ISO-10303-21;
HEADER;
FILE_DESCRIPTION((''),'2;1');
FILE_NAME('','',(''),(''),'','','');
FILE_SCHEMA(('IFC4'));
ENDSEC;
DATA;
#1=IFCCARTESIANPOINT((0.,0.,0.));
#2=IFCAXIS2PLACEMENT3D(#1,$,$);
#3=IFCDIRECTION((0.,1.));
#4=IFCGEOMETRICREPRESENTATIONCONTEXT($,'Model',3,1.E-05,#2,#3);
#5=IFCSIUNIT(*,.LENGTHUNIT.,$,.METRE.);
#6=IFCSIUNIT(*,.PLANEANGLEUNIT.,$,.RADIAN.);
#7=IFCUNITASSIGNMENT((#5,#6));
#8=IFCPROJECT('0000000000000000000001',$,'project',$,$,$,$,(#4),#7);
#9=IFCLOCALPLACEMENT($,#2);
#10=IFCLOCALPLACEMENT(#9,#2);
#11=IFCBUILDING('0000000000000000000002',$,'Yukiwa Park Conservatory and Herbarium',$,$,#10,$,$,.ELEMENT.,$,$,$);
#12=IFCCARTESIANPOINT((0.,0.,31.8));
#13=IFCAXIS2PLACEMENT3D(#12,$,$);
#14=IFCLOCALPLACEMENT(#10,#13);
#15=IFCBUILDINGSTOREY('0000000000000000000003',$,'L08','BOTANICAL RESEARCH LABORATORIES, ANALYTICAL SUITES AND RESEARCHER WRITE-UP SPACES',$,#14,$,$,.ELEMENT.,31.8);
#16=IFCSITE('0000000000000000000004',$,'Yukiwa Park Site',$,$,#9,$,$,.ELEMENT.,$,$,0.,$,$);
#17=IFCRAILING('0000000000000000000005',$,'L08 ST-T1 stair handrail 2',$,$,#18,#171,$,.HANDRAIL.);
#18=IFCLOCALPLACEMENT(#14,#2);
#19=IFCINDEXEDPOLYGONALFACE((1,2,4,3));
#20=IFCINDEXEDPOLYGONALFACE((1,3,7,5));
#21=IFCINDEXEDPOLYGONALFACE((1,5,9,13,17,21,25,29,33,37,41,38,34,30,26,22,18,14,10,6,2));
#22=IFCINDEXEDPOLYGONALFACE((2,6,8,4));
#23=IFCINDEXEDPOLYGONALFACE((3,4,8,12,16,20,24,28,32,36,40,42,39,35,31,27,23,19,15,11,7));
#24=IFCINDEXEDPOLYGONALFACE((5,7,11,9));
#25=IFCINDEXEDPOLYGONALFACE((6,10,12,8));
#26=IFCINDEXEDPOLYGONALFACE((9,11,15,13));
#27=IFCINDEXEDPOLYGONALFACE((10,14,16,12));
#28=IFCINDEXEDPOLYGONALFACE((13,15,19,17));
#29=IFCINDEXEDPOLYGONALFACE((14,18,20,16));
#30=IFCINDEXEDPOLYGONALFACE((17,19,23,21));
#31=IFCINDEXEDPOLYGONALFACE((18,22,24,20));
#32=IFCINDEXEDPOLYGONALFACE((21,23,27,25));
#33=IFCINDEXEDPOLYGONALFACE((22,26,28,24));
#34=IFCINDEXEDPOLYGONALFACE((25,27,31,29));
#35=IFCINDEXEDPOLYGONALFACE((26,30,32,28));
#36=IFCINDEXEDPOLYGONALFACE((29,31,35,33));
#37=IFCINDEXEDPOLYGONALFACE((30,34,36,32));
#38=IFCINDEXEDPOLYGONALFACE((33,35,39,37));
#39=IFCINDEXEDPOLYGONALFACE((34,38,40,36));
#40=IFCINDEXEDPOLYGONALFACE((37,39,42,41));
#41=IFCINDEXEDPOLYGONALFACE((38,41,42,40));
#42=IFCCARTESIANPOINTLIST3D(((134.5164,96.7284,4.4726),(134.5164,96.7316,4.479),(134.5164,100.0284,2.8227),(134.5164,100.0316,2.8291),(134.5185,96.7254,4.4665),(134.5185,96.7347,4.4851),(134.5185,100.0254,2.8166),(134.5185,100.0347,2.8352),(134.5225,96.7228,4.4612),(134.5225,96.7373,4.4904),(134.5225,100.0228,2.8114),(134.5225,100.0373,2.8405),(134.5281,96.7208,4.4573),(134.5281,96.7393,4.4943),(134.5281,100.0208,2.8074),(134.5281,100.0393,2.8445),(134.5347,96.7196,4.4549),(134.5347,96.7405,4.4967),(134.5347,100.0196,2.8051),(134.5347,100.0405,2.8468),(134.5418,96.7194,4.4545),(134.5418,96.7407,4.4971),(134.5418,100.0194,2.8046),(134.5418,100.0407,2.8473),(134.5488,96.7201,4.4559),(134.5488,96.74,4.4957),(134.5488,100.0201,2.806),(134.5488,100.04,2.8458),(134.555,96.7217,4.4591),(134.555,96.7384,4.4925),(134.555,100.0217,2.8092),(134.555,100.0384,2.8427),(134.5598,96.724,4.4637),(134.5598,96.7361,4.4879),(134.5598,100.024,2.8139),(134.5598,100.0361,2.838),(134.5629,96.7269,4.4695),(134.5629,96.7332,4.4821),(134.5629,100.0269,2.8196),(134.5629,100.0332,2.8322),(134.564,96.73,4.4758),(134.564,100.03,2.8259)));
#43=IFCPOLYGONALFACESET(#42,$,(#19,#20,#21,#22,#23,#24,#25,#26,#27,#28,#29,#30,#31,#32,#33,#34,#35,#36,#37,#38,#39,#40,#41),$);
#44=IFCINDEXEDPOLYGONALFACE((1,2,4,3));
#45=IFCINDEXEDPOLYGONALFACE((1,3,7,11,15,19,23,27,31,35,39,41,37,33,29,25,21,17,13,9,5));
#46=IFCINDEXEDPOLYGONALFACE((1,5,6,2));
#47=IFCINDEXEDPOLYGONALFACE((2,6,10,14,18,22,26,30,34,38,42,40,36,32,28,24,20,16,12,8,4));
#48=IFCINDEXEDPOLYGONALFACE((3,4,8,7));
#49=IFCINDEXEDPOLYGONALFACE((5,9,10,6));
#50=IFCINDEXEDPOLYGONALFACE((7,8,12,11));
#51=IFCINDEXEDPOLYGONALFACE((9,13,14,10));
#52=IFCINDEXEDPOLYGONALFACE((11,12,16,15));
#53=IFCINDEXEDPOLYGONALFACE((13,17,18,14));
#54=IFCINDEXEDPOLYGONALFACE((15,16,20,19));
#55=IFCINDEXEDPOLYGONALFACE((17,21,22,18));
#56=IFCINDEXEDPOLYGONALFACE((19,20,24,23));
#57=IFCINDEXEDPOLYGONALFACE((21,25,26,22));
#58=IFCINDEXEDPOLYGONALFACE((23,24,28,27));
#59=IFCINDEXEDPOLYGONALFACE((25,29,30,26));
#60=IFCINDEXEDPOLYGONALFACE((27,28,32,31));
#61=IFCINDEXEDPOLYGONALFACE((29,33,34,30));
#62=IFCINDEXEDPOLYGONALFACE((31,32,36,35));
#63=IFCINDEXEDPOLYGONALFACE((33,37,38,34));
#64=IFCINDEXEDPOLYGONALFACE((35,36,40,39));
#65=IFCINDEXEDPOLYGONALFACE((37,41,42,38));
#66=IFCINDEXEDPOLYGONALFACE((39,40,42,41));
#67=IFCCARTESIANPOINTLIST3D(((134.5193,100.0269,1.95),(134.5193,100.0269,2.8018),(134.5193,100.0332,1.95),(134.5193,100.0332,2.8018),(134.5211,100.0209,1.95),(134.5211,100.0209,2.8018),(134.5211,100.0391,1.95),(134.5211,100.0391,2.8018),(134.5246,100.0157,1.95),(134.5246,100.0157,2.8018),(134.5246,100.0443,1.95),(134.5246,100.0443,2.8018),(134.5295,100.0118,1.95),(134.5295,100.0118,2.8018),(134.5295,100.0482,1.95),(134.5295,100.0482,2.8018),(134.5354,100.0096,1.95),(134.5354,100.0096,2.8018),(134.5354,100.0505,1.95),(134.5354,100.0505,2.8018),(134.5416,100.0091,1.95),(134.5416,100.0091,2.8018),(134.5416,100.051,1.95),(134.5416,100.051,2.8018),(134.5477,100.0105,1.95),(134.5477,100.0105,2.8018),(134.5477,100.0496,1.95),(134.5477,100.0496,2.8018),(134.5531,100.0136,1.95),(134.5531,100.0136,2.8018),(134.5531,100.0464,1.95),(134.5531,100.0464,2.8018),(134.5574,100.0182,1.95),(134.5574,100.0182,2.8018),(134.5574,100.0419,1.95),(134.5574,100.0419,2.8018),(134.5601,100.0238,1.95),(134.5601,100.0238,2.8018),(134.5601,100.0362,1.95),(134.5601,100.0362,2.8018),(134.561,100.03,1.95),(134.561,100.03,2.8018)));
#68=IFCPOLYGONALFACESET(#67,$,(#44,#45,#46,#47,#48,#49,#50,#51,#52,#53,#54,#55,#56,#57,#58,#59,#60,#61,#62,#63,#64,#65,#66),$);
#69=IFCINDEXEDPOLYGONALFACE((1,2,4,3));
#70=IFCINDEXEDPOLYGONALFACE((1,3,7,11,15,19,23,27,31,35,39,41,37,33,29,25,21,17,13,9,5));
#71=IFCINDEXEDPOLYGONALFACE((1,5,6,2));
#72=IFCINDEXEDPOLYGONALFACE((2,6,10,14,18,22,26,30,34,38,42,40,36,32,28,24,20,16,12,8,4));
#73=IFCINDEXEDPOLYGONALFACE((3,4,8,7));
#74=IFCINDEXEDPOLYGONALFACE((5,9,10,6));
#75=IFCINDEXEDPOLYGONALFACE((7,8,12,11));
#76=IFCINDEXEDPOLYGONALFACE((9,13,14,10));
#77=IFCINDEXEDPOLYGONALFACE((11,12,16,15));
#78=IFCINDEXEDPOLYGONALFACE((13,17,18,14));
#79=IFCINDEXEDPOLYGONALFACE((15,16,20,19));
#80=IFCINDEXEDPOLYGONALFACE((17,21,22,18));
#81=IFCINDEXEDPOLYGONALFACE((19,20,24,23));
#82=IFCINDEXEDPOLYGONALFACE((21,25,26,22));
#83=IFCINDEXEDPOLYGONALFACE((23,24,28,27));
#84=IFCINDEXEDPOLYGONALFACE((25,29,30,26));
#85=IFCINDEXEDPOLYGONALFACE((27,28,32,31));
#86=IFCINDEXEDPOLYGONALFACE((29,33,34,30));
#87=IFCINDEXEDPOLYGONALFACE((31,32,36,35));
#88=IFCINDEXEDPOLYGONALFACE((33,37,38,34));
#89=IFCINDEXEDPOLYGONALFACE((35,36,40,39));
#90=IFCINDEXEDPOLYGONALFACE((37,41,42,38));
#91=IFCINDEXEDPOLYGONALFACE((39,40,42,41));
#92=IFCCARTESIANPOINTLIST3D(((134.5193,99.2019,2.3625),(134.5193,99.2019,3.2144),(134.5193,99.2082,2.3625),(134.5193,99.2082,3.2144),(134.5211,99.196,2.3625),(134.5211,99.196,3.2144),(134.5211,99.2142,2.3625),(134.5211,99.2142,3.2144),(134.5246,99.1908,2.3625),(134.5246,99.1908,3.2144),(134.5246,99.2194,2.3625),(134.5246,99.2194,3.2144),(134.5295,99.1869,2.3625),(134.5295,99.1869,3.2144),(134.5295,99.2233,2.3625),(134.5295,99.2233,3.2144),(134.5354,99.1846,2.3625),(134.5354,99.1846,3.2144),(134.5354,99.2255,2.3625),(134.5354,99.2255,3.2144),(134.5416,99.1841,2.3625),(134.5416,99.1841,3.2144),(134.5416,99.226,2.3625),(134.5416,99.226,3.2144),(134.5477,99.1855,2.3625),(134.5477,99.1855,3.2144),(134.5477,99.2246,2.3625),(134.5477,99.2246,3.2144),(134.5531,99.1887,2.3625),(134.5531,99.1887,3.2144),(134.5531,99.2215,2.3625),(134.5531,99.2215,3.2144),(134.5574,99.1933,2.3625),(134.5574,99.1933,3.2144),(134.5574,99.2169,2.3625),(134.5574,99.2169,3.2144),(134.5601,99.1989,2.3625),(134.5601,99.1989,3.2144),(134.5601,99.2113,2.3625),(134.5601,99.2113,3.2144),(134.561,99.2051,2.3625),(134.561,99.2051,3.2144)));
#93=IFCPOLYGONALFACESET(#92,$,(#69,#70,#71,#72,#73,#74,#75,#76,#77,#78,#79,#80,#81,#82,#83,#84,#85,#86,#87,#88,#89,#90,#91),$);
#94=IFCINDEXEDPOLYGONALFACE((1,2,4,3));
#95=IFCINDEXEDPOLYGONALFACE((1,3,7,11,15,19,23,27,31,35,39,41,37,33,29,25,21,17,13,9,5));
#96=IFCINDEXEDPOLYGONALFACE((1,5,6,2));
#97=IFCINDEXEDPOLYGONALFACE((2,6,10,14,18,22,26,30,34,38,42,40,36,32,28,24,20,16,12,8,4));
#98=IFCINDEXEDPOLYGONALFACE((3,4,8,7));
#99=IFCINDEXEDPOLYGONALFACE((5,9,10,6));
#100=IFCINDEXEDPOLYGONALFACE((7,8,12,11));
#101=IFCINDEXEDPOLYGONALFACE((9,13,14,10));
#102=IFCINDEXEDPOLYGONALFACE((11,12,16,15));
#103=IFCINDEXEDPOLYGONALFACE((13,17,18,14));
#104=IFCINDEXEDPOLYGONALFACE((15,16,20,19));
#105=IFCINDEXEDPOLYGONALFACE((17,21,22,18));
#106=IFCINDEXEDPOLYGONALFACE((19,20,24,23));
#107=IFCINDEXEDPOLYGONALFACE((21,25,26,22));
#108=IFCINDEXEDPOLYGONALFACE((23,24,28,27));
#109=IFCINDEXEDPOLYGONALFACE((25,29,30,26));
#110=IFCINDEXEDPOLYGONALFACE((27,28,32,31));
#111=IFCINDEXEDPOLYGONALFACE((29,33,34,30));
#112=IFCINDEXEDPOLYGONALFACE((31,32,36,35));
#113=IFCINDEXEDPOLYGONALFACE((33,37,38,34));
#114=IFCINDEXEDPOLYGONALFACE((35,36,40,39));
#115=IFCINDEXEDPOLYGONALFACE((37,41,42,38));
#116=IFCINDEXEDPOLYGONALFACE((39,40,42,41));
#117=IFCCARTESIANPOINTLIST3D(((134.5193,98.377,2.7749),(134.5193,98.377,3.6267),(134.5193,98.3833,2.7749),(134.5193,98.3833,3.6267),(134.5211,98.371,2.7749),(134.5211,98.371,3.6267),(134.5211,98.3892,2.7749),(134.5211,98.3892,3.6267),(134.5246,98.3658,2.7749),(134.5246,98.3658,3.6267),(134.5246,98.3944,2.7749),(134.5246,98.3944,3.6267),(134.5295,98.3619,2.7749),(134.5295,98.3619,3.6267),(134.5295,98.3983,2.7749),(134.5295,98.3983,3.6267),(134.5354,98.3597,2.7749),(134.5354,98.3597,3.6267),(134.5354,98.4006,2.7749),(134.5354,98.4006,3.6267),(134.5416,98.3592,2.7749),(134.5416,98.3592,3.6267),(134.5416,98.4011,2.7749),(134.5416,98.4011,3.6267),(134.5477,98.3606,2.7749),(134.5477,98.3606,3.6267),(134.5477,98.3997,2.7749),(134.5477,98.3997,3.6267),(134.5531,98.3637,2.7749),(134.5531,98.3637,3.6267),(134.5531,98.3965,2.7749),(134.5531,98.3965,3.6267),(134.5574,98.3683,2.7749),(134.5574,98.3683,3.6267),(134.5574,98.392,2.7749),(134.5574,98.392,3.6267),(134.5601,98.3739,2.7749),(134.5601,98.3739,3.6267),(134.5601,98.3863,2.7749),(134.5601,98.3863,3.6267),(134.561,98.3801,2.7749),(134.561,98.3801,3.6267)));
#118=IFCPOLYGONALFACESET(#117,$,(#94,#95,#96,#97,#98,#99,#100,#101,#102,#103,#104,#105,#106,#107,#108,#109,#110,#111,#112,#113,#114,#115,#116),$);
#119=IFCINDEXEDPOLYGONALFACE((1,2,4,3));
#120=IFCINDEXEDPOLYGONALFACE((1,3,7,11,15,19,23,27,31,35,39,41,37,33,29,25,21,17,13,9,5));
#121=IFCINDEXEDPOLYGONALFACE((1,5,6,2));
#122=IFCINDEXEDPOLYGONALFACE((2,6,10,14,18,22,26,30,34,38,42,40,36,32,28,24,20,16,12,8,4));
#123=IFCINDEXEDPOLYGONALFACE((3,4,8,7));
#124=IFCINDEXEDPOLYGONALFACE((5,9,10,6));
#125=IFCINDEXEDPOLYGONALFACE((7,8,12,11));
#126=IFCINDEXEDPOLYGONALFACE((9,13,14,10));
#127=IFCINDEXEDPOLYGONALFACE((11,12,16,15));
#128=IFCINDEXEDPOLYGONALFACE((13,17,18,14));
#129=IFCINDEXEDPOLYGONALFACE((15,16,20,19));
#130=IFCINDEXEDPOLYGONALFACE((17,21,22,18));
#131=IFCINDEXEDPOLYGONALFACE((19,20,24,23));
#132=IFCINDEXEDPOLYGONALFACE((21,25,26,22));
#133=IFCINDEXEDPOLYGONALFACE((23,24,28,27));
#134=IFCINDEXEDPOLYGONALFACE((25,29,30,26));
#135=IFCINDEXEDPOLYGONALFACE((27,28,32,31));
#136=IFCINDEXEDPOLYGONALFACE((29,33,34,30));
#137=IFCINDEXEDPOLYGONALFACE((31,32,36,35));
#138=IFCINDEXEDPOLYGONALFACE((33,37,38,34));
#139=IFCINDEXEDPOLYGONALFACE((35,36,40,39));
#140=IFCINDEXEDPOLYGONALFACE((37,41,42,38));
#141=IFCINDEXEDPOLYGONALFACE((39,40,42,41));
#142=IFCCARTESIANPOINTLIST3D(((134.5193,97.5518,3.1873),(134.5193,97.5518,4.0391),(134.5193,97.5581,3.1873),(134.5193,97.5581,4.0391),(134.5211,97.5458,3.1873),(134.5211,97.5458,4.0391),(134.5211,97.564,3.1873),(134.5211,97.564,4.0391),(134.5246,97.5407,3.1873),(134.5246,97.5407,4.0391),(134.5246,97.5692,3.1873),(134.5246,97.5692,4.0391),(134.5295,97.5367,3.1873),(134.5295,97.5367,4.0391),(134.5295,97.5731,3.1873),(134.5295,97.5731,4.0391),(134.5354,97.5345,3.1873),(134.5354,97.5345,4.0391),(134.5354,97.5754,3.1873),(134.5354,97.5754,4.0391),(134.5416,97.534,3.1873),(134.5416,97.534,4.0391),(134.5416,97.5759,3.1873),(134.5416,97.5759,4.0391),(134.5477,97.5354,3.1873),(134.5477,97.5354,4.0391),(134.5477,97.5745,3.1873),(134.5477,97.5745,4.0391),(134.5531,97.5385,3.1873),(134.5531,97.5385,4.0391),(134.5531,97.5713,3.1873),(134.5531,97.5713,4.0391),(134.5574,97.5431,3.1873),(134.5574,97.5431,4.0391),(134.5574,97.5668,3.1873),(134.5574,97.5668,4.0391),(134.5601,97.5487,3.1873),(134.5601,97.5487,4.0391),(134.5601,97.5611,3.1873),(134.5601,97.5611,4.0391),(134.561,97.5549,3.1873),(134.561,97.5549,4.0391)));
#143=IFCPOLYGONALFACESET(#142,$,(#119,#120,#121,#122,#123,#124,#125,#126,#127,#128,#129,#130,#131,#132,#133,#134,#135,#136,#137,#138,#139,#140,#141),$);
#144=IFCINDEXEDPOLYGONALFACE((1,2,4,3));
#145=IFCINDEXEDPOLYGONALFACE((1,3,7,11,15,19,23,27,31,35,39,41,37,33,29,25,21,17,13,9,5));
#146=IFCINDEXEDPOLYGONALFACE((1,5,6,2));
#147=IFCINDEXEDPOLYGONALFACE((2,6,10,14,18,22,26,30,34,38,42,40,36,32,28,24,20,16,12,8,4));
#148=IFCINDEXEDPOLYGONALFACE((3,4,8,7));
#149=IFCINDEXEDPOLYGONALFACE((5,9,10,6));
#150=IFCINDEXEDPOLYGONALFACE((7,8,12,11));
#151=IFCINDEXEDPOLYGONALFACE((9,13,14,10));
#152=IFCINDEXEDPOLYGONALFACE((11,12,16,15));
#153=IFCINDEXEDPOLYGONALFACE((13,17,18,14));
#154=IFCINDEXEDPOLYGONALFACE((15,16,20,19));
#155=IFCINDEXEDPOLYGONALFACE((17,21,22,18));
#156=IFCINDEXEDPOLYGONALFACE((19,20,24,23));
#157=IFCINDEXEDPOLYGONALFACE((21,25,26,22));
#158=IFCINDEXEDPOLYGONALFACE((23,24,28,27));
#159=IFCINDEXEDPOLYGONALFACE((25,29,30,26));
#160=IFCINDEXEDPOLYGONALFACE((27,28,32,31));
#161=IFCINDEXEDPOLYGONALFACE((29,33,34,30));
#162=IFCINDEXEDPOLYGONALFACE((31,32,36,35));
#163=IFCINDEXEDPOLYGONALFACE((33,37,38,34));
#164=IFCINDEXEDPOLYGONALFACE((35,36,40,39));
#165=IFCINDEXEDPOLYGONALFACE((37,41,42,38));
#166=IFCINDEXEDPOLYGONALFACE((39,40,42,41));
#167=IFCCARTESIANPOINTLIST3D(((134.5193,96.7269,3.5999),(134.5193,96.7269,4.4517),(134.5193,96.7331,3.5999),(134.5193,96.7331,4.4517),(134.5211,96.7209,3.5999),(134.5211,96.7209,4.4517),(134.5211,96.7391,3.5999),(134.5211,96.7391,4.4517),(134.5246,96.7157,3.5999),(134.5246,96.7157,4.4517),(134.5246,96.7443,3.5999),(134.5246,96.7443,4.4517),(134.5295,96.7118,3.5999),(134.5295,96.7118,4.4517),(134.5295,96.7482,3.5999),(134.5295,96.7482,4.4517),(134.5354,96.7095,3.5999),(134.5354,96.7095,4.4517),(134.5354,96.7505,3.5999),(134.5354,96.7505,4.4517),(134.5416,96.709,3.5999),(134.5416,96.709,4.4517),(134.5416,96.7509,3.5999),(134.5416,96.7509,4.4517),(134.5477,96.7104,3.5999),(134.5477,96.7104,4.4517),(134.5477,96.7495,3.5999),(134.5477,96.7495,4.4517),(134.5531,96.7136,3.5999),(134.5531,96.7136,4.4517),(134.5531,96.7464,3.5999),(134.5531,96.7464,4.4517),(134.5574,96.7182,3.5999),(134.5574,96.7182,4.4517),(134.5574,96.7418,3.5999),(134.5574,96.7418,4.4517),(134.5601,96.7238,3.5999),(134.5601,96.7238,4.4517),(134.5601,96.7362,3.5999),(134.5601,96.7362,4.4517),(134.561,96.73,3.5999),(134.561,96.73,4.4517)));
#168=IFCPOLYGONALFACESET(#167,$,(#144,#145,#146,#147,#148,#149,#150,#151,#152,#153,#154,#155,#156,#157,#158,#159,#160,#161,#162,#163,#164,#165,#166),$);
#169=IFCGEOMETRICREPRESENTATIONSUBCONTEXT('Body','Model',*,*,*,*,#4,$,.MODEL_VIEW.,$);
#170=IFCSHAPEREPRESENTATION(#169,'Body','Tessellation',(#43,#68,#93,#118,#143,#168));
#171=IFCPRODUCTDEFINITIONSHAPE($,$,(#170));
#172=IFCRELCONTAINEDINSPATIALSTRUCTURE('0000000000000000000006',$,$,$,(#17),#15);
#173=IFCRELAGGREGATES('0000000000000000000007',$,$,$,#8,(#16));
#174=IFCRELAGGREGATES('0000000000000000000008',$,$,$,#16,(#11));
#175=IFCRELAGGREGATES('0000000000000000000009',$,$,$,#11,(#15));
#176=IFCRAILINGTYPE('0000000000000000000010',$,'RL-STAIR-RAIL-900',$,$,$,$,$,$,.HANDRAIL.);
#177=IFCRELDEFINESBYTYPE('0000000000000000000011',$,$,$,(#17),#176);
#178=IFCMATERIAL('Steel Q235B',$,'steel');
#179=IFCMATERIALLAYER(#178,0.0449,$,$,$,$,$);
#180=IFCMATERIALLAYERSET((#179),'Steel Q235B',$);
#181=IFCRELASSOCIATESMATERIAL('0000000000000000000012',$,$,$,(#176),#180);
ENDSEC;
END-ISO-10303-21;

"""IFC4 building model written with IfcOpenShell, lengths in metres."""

from ifc_helpers import new_model, si_unit, direction, frame, origin, origin_2d, place, context, subcontext, project, spatial, circle, extrude, material, layer, layer_set, type_object, element, save


model = new_model("IFC4")

# Units and contexts
model_context = context("Model", 3, precision=1e-05, world=origin(), true_north=direction((0.0, 1.0)))
body_context = subcontext(model_context, "Body", "Model", "MODEL_VIEW")
ifc_project = project(units=[si_unit("LENGTHUNIT", "METRE"), si_unit("PLANEANGLEUNIT", "RADIAN")], contexts=[model_context])

# Site, building, storey
site_placement = place(None, origin())
site = spatial("IfcSite", under=ifc_project, at=site_placement, Name="Yukiwa Park Site", CompositionType="ELEMENT", RefElevation=0.0)
building_placement = place(site_placement, origin())
building = spatial("IfcBuilding", under=site, at=building_placement, Name="Yukiwa Park Conservatory and Herbarium", CompositionType="ELEMENT")
storey_placement = place(building_placement, frame((0.0, 0.0, 31.8)))
storey = spatial("IfcBuildingStorey", under=building, at=storey_placement, Name="L08", Description="BOTANICAL RESEARCH LABORATORIES, ANALYTICAL SUITES AND RESEARCHER WRITE-UP SPACES", CompositionType="ELEMENT", Elevation=31.8)

# Railing
ifc_material_1 = material(Name="Steel Q235B", Category="steel")
ifc_layer_1 = layer(ifc_material_1, 0.0449)
ifc_layer_set_1 = layer_set([ifc_layer_1], Name="Steel Q235B")
railing_type_1 = type_object("IfcRailingType", Name="RL-STAIR-RAIL-900", PredefinedType="HANDRAIL", material=ifc_layer_set_1)
railing_1_placement = place(storey_placement, frame((134.54, 100.03, 1.95)))
element("IfcRailing", 1, at=railing_1_placement, inside=storey, type_object=railing_type_1, Name="L08 ST-T1 stair handrail 2", PredefinedType="HANDRAIL", context=body_context, shape_type="SweptSolid", body=[
    extrude(circle(Radius=0.0239, at=origin_2d()), frame((0.0, 0.0, 0.876), z_axis=(0.0, -0.89444, 0.447187), x_axis=(1.0, 0.0, 0.0)), (0.0, 0.0, 1.0), 3.6895),
    extrude(circle(Radius=0.021, at=origin_2d()), origin(), (0.0, 0.0, 1.0), 0.8518),
    extrude(circle(Radius=0.021, at=origin_2d()), frame((0.0, -0.825, 0.4126)), (0.0, 0.0, 1.0), 0.8518),
    extrude(circle(Radius=0.021, at=origin_2d()), frame((0.0, -1.6499, 0.825)), (0.0, 0.0, 1.0), 0.8518),
    extrude(circle(Radius=0.021, at=origin_2d()), frame((0.0, -2.4751, 1.2373)), (0.0, 0.0, 1.0), 0.8518),
    extrude(circle(Radius=0.021, at=origin_2d()), frame((0.0, -3.3, 1.6499)), (0.0, 0.0, 1.0), 0.8518),
])

save(model, "model.ifc")
